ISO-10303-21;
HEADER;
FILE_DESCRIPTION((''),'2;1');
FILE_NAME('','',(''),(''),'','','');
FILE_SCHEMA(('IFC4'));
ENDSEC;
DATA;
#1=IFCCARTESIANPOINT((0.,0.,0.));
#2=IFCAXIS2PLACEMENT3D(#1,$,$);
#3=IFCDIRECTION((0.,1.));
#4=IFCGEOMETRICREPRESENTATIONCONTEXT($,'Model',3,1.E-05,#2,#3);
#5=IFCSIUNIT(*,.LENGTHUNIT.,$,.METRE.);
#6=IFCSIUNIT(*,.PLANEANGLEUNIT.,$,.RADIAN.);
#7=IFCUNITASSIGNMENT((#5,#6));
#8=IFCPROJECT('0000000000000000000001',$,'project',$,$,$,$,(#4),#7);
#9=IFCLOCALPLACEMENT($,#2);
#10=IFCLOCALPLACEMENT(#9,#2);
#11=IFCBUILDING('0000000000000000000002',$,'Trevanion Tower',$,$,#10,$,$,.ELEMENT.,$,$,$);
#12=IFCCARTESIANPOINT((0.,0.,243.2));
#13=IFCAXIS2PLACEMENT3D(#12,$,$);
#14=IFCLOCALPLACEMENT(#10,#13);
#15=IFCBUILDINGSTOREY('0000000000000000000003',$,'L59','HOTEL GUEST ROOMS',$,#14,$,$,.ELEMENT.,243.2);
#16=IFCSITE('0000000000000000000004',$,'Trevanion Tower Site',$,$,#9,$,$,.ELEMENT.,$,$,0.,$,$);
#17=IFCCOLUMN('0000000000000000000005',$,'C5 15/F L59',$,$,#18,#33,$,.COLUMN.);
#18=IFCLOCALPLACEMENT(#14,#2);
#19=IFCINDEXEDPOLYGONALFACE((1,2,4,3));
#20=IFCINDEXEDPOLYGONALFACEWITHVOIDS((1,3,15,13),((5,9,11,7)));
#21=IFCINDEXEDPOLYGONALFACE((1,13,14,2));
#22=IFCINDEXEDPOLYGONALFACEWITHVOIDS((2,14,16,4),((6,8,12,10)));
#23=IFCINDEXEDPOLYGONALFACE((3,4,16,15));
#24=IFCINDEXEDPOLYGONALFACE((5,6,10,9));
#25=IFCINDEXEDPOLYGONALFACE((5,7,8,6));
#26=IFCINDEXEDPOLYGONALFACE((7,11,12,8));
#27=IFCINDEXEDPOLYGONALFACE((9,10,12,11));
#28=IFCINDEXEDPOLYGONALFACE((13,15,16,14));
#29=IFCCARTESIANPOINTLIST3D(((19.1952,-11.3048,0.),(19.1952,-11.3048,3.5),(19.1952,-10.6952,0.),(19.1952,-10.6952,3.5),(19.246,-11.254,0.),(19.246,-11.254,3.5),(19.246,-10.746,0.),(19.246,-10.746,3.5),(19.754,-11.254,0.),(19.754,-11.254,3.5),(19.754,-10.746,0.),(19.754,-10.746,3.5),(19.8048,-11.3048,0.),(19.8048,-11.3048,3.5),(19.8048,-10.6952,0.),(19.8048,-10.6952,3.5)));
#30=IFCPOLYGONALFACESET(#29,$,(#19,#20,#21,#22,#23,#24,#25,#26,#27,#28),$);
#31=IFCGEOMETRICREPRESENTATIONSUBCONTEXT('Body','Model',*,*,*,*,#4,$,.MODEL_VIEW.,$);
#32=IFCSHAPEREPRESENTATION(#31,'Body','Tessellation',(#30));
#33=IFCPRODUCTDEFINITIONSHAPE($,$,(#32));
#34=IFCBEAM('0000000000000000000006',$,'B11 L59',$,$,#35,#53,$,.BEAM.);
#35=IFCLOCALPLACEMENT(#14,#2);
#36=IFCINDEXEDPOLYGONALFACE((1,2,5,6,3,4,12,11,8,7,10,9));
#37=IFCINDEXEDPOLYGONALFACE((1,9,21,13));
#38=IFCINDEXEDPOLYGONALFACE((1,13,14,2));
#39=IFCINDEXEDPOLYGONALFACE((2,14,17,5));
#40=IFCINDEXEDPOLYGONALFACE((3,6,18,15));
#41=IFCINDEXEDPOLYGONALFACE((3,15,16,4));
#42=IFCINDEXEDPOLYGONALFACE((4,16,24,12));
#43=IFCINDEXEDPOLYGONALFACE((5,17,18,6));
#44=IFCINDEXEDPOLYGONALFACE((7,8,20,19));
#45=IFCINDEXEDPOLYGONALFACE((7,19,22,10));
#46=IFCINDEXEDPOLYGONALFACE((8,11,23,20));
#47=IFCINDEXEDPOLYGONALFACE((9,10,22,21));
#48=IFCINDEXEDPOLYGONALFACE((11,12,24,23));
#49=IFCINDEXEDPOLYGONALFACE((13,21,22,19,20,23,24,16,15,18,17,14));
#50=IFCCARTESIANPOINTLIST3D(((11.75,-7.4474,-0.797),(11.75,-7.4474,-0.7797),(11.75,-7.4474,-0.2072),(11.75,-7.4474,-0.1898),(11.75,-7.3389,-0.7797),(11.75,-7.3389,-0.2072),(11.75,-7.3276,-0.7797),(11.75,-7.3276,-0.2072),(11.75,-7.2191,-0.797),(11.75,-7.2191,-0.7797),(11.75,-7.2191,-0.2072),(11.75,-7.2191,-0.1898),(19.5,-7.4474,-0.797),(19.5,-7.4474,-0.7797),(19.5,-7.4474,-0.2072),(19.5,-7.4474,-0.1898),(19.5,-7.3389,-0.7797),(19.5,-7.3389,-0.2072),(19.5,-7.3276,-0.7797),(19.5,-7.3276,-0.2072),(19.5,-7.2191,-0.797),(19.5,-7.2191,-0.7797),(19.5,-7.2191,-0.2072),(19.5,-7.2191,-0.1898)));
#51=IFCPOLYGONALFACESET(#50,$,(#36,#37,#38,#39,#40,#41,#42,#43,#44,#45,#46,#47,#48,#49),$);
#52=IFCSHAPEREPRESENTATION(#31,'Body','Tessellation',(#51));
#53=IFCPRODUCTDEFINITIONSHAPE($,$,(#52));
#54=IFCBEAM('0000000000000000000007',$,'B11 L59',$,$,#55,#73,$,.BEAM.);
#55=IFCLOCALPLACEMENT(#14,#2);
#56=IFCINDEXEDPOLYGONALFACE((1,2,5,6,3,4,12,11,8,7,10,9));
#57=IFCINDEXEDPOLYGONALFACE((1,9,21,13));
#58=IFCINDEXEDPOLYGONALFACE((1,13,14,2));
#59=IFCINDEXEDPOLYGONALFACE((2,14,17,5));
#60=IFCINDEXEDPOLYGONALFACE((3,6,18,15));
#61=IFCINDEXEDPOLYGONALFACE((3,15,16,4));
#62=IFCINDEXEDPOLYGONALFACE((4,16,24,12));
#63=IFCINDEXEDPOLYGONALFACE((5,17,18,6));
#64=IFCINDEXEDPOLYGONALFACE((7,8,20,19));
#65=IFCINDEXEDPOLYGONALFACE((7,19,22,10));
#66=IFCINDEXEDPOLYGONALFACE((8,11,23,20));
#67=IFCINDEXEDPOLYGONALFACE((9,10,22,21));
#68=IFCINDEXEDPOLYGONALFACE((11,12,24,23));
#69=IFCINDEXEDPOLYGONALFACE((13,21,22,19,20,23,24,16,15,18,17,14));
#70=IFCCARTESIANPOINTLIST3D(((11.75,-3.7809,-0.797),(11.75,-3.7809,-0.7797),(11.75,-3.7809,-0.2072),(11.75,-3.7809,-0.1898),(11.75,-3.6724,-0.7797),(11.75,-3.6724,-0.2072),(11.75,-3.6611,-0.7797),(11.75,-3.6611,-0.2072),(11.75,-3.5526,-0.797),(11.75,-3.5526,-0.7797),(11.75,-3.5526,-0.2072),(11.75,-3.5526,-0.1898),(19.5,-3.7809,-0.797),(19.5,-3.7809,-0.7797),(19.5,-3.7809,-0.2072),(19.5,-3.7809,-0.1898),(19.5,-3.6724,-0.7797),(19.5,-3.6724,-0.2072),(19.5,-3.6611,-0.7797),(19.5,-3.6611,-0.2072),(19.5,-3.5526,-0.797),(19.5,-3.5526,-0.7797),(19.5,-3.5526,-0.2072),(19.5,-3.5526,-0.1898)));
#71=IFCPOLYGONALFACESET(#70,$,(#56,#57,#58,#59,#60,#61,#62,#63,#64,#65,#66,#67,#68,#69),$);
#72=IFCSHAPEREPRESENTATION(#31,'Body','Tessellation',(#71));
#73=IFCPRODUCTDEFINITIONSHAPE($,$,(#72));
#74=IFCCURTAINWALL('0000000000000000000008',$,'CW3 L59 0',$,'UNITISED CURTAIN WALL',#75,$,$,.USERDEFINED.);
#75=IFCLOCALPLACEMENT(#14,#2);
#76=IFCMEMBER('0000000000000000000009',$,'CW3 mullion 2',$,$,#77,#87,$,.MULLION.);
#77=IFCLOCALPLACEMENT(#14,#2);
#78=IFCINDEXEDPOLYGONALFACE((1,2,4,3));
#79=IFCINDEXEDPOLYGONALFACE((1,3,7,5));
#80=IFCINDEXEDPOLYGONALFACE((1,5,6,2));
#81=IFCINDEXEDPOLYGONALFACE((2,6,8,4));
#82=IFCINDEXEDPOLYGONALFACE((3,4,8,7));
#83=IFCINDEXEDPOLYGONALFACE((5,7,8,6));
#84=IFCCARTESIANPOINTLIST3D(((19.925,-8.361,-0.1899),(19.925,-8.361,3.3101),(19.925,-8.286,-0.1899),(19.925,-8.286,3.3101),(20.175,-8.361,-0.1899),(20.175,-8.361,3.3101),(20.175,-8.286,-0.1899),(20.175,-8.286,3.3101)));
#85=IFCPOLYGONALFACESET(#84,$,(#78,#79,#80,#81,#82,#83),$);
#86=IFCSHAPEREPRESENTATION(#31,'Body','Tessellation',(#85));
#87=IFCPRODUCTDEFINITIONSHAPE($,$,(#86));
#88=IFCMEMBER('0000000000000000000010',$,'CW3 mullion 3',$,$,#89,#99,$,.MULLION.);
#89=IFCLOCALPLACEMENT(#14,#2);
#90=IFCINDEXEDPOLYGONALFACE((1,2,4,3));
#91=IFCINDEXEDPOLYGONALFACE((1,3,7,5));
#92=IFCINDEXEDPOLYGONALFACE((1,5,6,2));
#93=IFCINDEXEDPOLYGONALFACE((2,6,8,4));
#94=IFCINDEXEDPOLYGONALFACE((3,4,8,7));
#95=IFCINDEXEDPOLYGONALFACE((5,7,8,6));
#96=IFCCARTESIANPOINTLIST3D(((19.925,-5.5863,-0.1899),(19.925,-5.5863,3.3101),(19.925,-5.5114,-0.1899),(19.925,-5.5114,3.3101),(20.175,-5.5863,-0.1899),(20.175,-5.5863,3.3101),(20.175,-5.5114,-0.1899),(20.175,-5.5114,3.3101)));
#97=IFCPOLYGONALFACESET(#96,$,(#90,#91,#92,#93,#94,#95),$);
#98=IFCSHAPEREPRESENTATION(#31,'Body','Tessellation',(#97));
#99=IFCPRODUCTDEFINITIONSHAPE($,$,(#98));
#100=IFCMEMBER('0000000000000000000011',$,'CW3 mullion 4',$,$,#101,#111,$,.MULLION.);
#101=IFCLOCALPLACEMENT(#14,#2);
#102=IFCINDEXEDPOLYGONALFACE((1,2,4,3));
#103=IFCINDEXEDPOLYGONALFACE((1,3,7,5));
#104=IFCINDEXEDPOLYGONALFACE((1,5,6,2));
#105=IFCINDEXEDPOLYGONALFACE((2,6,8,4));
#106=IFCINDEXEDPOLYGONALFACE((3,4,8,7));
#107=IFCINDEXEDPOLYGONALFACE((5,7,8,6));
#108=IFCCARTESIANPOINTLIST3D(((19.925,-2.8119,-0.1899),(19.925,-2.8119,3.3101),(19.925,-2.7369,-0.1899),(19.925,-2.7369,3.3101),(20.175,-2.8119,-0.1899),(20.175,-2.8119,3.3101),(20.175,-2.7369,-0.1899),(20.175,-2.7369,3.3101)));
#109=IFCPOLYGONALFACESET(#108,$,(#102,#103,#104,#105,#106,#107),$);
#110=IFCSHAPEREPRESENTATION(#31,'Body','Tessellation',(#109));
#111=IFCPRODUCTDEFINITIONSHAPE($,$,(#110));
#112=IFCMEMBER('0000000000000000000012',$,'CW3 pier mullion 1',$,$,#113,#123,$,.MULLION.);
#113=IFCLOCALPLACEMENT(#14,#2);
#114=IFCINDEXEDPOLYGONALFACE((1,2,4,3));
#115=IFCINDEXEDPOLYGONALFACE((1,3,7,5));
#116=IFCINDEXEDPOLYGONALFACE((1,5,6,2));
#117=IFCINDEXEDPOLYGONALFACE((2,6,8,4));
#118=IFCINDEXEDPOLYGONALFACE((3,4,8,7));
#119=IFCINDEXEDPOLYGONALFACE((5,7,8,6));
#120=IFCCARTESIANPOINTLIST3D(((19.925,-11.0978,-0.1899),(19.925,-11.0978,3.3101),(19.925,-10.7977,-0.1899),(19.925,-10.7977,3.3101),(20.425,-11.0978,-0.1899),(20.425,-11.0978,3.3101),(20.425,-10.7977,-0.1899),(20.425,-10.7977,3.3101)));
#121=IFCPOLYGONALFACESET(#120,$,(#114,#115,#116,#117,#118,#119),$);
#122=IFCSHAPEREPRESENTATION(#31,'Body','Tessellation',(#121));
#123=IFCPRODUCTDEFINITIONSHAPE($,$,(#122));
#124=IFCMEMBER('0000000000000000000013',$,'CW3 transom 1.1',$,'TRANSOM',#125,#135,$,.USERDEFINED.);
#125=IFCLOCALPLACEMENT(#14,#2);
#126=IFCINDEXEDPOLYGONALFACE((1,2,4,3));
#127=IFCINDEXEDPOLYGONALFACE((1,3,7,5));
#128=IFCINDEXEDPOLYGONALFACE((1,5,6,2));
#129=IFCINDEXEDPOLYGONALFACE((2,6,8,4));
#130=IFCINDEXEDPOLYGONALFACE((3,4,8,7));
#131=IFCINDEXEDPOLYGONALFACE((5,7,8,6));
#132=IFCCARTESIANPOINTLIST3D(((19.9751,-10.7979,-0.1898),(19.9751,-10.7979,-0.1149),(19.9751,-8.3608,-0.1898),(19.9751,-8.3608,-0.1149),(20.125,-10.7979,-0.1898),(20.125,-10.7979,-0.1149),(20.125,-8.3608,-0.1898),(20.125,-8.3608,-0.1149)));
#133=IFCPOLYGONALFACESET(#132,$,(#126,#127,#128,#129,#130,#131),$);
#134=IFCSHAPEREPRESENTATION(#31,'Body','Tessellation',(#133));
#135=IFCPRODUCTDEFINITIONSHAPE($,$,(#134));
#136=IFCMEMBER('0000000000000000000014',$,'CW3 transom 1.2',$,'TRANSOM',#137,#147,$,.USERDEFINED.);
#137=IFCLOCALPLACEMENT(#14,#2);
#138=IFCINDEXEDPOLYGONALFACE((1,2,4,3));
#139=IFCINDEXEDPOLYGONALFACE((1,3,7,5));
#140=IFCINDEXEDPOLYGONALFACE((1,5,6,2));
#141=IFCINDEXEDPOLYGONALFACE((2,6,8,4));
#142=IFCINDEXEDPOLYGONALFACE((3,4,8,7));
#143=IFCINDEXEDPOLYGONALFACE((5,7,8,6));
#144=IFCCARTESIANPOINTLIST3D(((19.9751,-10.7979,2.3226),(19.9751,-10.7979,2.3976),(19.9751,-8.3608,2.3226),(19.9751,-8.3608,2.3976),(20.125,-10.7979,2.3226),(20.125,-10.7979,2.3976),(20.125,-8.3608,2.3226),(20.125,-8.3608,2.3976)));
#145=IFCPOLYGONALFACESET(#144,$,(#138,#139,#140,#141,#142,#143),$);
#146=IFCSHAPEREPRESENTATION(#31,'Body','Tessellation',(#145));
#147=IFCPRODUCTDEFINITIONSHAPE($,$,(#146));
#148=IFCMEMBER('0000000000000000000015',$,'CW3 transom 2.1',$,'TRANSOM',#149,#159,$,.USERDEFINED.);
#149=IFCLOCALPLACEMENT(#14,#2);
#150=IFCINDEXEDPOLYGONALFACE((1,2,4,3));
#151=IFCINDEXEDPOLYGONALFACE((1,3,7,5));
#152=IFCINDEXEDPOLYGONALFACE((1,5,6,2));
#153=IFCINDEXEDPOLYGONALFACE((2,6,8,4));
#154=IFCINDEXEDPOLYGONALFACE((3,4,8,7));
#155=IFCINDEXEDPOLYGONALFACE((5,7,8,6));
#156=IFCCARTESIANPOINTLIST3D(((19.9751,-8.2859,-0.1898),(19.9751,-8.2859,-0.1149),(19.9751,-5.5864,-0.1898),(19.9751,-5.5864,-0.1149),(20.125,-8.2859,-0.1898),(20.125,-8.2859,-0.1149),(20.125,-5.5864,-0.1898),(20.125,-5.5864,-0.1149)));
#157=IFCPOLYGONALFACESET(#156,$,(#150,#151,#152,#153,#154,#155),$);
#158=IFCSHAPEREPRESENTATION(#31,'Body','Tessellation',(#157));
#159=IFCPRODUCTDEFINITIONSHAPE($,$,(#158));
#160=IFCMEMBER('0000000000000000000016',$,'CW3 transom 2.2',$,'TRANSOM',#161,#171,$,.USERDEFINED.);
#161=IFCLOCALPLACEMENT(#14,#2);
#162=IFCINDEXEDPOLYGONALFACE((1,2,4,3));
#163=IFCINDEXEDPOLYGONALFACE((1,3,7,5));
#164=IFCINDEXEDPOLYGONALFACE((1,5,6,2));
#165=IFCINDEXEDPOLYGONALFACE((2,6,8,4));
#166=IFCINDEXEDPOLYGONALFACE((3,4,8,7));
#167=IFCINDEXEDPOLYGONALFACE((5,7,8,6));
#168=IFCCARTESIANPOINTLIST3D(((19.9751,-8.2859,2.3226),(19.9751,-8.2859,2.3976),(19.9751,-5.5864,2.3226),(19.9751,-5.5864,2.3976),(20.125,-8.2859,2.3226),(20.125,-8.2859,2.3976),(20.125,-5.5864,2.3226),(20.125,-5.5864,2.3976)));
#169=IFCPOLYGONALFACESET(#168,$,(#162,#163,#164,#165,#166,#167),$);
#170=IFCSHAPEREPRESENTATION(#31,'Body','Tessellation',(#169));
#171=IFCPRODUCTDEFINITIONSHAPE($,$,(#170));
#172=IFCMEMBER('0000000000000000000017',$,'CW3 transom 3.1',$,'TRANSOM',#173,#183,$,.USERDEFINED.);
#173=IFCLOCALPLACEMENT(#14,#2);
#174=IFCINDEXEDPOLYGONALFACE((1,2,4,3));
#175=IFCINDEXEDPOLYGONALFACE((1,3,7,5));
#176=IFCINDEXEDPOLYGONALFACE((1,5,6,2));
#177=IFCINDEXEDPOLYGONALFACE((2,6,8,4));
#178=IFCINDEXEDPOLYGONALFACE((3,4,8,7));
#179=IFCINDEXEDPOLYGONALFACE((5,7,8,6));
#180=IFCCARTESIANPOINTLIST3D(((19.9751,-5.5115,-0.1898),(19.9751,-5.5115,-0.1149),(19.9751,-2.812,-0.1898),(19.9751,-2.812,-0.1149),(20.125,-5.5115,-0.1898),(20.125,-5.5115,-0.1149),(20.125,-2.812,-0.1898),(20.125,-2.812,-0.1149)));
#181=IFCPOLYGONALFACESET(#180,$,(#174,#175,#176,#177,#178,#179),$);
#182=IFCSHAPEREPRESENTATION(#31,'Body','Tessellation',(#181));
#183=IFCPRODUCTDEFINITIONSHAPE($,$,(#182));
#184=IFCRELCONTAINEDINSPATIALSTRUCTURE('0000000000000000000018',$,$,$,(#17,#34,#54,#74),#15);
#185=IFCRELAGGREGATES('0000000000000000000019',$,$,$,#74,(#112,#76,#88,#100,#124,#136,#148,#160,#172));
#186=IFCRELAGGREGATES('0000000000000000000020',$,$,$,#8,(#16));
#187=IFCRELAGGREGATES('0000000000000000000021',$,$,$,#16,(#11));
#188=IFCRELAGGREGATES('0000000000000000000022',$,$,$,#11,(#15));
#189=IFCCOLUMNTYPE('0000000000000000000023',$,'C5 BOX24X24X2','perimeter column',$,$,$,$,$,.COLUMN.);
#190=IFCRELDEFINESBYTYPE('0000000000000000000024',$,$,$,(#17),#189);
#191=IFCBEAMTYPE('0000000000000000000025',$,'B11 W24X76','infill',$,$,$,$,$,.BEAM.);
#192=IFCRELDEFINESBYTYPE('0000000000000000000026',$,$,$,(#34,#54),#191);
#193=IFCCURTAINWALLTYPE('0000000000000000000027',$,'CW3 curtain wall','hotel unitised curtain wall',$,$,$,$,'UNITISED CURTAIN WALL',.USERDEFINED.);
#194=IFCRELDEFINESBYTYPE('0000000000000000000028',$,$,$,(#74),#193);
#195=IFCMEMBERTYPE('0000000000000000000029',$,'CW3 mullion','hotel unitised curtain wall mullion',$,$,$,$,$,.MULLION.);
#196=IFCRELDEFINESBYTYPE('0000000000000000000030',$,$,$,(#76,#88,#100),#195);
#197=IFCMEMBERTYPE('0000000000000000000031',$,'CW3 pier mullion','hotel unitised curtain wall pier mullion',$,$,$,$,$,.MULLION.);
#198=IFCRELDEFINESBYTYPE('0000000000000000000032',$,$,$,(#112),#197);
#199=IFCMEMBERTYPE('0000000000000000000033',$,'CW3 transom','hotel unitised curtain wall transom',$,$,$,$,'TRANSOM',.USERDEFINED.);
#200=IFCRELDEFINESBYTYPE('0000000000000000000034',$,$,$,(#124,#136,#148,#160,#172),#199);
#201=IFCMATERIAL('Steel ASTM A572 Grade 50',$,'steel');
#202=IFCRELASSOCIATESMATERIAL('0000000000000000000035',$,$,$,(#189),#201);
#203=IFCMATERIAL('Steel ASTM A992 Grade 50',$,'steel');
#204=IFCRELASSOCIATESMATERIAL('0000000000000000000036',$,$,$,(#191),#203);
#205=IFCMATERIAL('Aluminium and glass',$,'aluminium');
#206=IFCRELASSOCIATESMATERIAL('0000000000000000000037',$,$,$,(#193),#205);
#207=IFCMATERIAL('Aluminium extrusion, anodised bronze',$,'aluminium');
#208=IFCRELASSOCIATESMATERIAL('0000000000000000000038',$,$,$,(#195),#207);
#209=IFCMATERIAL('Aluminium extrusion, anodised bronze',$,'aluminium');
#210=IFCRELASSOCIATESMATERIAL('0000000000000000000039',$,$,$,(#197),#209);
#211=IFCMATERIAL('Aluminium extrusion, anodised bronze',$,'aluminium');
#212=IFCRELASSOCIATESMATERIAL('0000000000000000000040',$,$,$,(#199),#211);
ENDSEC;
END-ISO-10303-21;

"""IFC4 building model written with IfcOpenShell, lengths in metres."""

from ifc_helpers import new_model, si_unit, direction, frame, origin, origin_2d, place, context, subcontext, project, spatial, rectangle, hollow_rectangle, i_section, extrude, material, material_profile, profile_set, type_object, element, aggregate, save


model = new_model("IFC4")

# Units and contexts
model_context = context("Model", 3, precision=1e-05, world=origin(), true_north=direction((0.0, 1.0)))
body_context = subcontext(model_context, "Body", "Model", "MODEL_VIEW")
ifc_project = project(units=[si_unit("LENGTHUNIT", "METRE"), si_unit("PLANEANGLEUNIT", "RADIAN")], contexts=[model_context])

# Site, building, storey
site_placement = place(None, origin())
site = spatial("IfcSite", under=ifc_project, at=site_placement, Name="Trevanion Tower Site", CompositionType="ELEMENT", RefElevation=0.0)
building_placement = place(site_placement, origin())
building = spatial("IfcBuilding", under=site, at=building_placement, Name="Trevanion Tower", CompositionType="ELEMENT")
storey_placement = place(building_placement, frame((0.0, 0.0, 243.2)))
storey = spatial("IfcBuildingStorey", under=building, at=storey_placement, Name="L59", Description="HOTEL GUEST ROOMS", CompositionType="ELEMENT", Elevation=243.2)

# Column
ifc_material_1 = material(Name="Steel ASTM A572 Grade 50", Category="steel")
ifc_material_profile_1 = material_profile(ifc_material_1, hollow_rectangle(XDim=0.6096, YDim=0.6096, WallThickness=0.0508, at=origin_2d()), Name="BOX24X24X2")
ifc_profile_set_1 = profile_set([ifc_material_profile_1], Name="Steel ASTM A572 Grade 50")
column_type = type_object("IfcColumnType", Name="C5 BOX24X24X2", Description="perimeter column", PredefinedType="COLUMN", material=ifc_profile_set_1)
column_placement = place(storey_placement, frame((19.5, -11.0, 0.0), z_axis=(0.0, 0.0, 1.0), x_axis=(0.0, 1.0, 0.0)))
element("IfcColumn", 1, at=column_placement, inside=storey, type_object=column_type, Name="C5 15/F L59", PredefinedType="COLUMN", context=body_context, shape_type="SweptSolid", body=[
    extrude(hollow_rectangle(XDim=0.6096, YDim=0.6096, WallThickness=0.0508, at=origin_2d()), origin(), (0.0, 0.0, 1.0), 3.5),
])

# Beams
ifc_material_2 = material(Name="Steel ASTM A992 Grade 50", Category="steel")
ifc_material_profile_2 = material_profile(ifc_material_2, i_section(OverallWidth=0.2283, OverallDepth=0.6072, WebThickness=0.0112, FlangeThickness=0.0173, at=origin_2d()), Name="W24X76")
ifc_profile_set_2 = profile_set([ifc_material_profile_2], Name="Steel ASTM A992 Grade 50")
beam_type_1 = type_object("IfcBeamType", Name="B11 W24X76", Description="infill", PredefinedType="BEAM", material=ifc_profile_set_2)
for number, where, z_axis, x_axis, name in (
    (2, (11.75, -7.3333, -0.4934), (1.0, 0.0, 0.0), (0.0, 1.0, 0.0), "B11 L59"),
    (3, (11.75, -3.6667, -0.4934), (1.0, 0.0, 0.0), (0.0, 1.0, 0.0), "B11 L59"),
):
    element("IfcBeam", number, at=place(storey_placement, frame(where, z_axis=z_axis, x_axis=x_axis)), inside=storey, type_object=beam_type_1, Name=name, PredefinedType="BEAM", context=body_context, shape_type="SweptSolid", body=[
        extrude(i_section(OverallWidth=0.2283, OverallDepth=0.6072, WebThickness=0.0112, FlangeThickness=0.0173, at=origin_2d()), origin(), (0.0, 0.0, 1.0), 7.75),
    ])

# Curtain wall, members
ifc_material_3 = material(Name="Aluminium and glass", Category="aluminium")
curtain_wall_type = type_object("IfcCurtainWallType", Name="CW3 curtain wall", Description="hotel unitised curtain wall", ElementType="UNITISED CURTAIN WALL", PredefinedType="USERDEFINED", material=ifc_material_3)
curtain_wall_placement = place(storey_placement, origin())
curtain_wall = element("IfcCurtainWall", 4, at=curtain_wall_placement, inside=storey, type_object=curtain_wall_type, Name="CW3 L59 0", ObjectType="UNITISED CURTAIN WALL", PredefinedType="USERDEFINED")
ifc_material_4 = material(Name="Aluminium extrusion, anodised bronze", Category="aluminium")
ifc_material_profile_3 = material_profile(ifc_material_4, rectangle(XDim=0.075, YDim=0.25, at=origin_2d()), Name="CW3 mullion")
ifc_profile_set_3 = profile_set([ifc_material_profile_3], Name="Aluminium extrusion, anodised bronze")
member_type_1 = type_object("IfcMemberType", Name="CW3 mullion", Description="hotel unitised curtain wall mullion", PredefinedType="MULLION", material=ifc_profile_set_3)
member_1_placement = place(storey_placement, frame((20.05, -8.3235, -0.1899), z_axis=(0.0, 0.0, 1.0), x_axis=(0.0, 1.0, 0.0)))
member_1 = element("IfcMember", 5, at=member_1_placement, type_object=member_type_1, Name="CW3 mullion 2", PredefinedType="MULLION", context=body_context, shape_type="SweptSolid", body=[
    extrude(rectangle(XDim=0.075, YDim=0.25, at=origin_2d()), origin(), (0.0, 0.0, 1.0), 3.5),
])
member_2_placement = place(storey_placement, frame((20.05, -5.5488, -0.1899), z_axis=(0.0, 0.0, 1.0), x_axis=(0.0, 1.0, 0.0)))
member_2 = element("IfcMember", 6, at=member_2_placement, type_object=member_type_1, Name="CW3 mullion 3", PredefinedType="MULLION", context=body_context, shape_type="SweptSolid", body=[
    extrude(rectangle(XDim=0.075, YDim=0.25, at=origin_2d()), origin(), (0.0, 0.0, 1.0), 3.5),
])
member_3_placement = place(storey_placement, frame((20.05, -2.7744, -0.1899), z_axis=(0.0, 0.0, 1.0), x_axis=(0.0, 1.0, 0.0)))
member_3 = element("IfcMember", 7, at=member_3_placement, type_object=member_type_1, Name="CW3 mullion 4", PredefinedType="MULLION", context=body_context, shape_type="SweptSolid", body=[
    extrude(rectangle(XDim=0.075, YDim=0.25, at=origin_2d()), origin(), (0.0, 0.0, 1.0), 3.5),
])
ifc_material_5 = material(Name="Aluminium extrusion, anodised bronze", Category="aluminium")
ifc_material_profile_4 = material_profile(ifc_material_5, rectangle(XDim=0.3, YDim=0.5, at=origin_2d()), Name="CW3 pier mullion")
ifc_profile_set_4 = profile_set([ifc_material_profile_4], Name="Aluminium extrusion, anodised bronze")
member_type_2 = type_object("IfcMemberType", Name="CW3 pier mullion", Description="hotel unitised curtain wall pier mullion", PredefinedType="MULLION", material=ifc_profile_set_4)
member_4_placement = place(storey_placement, frame((20.175, -10.9478, -0.1899), z_axis=(0.0, 0.0, 1.0), x_axis=(0.0, 1.0, 0.0)))
member_4 = element("IfcMember", 8, at=member_4_placement, type_object=member_type_2, Name="CW3 pier mullion 1", PredefinedType="MULLION", context=body_context, shape_type="SweptSolid", body=[
    extrude(rectangle(XDim=0.3, YDim=0.5, at=origin_2d()), origin(), (0.0, 0.0, 1.0), 3.5),
])
ifc_material_6 = material(Name="Aluminium extrusion, anodised bronze", Category="aluminium")
ifc_material_profile_5 = material_profile(ifc_material_6, rectangle(XDim=0.1499, YDim=0.075, at=origin_2d()), Name="CW3 transom")
ifc_profile_set_5 = profile_set([ifc_material_profile_5], Name="Aluminium extrusion, anodised bronze")
member_type_3 = type_object("IfcMemberType", Name="CW3 transom", Description="hotel unitised curtain wall transom", ElementType="TRANSOM", PredefinedType="USERDEFINED", material=ifc_profile_set_5)
member_5_placement = place(storey_placement, frame((20.05, -10.7979, -0.1523), z_axis=(0.0, 1.0, 0.0), x_axis=(-1.0, 0.0, 0.0)))
member_5 = element("IfcMember", 9, at=member_5_placement, type_object=member_type_3, Name="CW3 transom 1.1", ObjectType="TRANSOM", PredefinedType="USERDEFINED", context=body_context, shape_type="SweptSolid", body=[
    extrude(rectangle(XDim=0.1499, YDim=0.075, at=origin_2d()), origin(), (0.0, 0.0, 1.0), 2.437),
])
member_6_placement = place(storey_placement, frame((20.05, -10.7979, 2.3601), z_axis=(0.0, 1.0, 0.0), x_axis=(-1.0, 0.0, 0.0)))
member_6 = element("IfcMember", 10, at=member_6_placement, type_object=member_type_3, Name="CW3 transom 1.2", ObjectType="TRANSOM", PredefinedType="USERDEFINED", context=body_context, shape_type="SweptSolid", body=[
    extrude(rectangle(XDim=0.1499, YDim=0.075, at=origin_2d()), origin(), (0.0, 0.0, 1.0), 2.437),
])
member_7_placement = place(storey_placement, frame((20.05, -8.2859, -0.1523), z_axis=(0.0, 1.0, 0.0), x_axis=(-1.0, 0.0, 0.0)))
member_7 = element("IfcMember", 11, at=member_7_placement, type_object=member_type_3, Name="CW3 transom 2.1", ObjectType="TRANSOM", PredefinedType="USERDEFINED", context=body_context, shape_type="SweptSolid", body=[
    extrude(rectangle(XDim=0.1499, YDim=0.075, at=origin_2d()), origin(), (0.0, 0.0, 1.0), 2.6995),
])
member_8_placement = place(storey_placement, frame((20.05, -8.2859, 2.3601), z_axis=(0.0, 1.0, 0.0), x_axis=(-1.0, 0.0, 0.0)))
member_8 = element("IfcMember", 12, at=member_8_placement, type_object=member_type_3, Name="CW3 transom 2.2", ObjectType="TRANSOM", PredefinedType="USERDEFINED", context=body_context, shape_type="SweptSolid", body=[
    extrude(rectangle(XDim=0.1499, YDim=0.075, at=origin_2d()), origin(), (0.0, 0.0, 1.0), 2.6995),
])
member_9_placement = place(storey_placement, frame((20.05, -5.5115, -0.1523), z_axis=(0.0, 1.0, 0.0), x_axis=(-1.0, 0.0, 0.0)))
member_9 = element("IfcMember", 13, at=member_9_placement, type_object=member_type_3, Name="CW3 transom 3.1", ObjectType="TRANSOM", PredefinedType="USERDEFINED", context=body_context, shape_type="SweptSolid", body=[
    extrude(rectangle(XDim=0.1499, YDim=0.075, at=origin_2d()), origin(), (0.0, 0.0, 1.0), 2.6995),
])

aggregate(curtain_wall, [member_4, member_1, member_2, member_3, member_5, member_6, member_7, member_8, member_9])

save(model, "model.ifc")
